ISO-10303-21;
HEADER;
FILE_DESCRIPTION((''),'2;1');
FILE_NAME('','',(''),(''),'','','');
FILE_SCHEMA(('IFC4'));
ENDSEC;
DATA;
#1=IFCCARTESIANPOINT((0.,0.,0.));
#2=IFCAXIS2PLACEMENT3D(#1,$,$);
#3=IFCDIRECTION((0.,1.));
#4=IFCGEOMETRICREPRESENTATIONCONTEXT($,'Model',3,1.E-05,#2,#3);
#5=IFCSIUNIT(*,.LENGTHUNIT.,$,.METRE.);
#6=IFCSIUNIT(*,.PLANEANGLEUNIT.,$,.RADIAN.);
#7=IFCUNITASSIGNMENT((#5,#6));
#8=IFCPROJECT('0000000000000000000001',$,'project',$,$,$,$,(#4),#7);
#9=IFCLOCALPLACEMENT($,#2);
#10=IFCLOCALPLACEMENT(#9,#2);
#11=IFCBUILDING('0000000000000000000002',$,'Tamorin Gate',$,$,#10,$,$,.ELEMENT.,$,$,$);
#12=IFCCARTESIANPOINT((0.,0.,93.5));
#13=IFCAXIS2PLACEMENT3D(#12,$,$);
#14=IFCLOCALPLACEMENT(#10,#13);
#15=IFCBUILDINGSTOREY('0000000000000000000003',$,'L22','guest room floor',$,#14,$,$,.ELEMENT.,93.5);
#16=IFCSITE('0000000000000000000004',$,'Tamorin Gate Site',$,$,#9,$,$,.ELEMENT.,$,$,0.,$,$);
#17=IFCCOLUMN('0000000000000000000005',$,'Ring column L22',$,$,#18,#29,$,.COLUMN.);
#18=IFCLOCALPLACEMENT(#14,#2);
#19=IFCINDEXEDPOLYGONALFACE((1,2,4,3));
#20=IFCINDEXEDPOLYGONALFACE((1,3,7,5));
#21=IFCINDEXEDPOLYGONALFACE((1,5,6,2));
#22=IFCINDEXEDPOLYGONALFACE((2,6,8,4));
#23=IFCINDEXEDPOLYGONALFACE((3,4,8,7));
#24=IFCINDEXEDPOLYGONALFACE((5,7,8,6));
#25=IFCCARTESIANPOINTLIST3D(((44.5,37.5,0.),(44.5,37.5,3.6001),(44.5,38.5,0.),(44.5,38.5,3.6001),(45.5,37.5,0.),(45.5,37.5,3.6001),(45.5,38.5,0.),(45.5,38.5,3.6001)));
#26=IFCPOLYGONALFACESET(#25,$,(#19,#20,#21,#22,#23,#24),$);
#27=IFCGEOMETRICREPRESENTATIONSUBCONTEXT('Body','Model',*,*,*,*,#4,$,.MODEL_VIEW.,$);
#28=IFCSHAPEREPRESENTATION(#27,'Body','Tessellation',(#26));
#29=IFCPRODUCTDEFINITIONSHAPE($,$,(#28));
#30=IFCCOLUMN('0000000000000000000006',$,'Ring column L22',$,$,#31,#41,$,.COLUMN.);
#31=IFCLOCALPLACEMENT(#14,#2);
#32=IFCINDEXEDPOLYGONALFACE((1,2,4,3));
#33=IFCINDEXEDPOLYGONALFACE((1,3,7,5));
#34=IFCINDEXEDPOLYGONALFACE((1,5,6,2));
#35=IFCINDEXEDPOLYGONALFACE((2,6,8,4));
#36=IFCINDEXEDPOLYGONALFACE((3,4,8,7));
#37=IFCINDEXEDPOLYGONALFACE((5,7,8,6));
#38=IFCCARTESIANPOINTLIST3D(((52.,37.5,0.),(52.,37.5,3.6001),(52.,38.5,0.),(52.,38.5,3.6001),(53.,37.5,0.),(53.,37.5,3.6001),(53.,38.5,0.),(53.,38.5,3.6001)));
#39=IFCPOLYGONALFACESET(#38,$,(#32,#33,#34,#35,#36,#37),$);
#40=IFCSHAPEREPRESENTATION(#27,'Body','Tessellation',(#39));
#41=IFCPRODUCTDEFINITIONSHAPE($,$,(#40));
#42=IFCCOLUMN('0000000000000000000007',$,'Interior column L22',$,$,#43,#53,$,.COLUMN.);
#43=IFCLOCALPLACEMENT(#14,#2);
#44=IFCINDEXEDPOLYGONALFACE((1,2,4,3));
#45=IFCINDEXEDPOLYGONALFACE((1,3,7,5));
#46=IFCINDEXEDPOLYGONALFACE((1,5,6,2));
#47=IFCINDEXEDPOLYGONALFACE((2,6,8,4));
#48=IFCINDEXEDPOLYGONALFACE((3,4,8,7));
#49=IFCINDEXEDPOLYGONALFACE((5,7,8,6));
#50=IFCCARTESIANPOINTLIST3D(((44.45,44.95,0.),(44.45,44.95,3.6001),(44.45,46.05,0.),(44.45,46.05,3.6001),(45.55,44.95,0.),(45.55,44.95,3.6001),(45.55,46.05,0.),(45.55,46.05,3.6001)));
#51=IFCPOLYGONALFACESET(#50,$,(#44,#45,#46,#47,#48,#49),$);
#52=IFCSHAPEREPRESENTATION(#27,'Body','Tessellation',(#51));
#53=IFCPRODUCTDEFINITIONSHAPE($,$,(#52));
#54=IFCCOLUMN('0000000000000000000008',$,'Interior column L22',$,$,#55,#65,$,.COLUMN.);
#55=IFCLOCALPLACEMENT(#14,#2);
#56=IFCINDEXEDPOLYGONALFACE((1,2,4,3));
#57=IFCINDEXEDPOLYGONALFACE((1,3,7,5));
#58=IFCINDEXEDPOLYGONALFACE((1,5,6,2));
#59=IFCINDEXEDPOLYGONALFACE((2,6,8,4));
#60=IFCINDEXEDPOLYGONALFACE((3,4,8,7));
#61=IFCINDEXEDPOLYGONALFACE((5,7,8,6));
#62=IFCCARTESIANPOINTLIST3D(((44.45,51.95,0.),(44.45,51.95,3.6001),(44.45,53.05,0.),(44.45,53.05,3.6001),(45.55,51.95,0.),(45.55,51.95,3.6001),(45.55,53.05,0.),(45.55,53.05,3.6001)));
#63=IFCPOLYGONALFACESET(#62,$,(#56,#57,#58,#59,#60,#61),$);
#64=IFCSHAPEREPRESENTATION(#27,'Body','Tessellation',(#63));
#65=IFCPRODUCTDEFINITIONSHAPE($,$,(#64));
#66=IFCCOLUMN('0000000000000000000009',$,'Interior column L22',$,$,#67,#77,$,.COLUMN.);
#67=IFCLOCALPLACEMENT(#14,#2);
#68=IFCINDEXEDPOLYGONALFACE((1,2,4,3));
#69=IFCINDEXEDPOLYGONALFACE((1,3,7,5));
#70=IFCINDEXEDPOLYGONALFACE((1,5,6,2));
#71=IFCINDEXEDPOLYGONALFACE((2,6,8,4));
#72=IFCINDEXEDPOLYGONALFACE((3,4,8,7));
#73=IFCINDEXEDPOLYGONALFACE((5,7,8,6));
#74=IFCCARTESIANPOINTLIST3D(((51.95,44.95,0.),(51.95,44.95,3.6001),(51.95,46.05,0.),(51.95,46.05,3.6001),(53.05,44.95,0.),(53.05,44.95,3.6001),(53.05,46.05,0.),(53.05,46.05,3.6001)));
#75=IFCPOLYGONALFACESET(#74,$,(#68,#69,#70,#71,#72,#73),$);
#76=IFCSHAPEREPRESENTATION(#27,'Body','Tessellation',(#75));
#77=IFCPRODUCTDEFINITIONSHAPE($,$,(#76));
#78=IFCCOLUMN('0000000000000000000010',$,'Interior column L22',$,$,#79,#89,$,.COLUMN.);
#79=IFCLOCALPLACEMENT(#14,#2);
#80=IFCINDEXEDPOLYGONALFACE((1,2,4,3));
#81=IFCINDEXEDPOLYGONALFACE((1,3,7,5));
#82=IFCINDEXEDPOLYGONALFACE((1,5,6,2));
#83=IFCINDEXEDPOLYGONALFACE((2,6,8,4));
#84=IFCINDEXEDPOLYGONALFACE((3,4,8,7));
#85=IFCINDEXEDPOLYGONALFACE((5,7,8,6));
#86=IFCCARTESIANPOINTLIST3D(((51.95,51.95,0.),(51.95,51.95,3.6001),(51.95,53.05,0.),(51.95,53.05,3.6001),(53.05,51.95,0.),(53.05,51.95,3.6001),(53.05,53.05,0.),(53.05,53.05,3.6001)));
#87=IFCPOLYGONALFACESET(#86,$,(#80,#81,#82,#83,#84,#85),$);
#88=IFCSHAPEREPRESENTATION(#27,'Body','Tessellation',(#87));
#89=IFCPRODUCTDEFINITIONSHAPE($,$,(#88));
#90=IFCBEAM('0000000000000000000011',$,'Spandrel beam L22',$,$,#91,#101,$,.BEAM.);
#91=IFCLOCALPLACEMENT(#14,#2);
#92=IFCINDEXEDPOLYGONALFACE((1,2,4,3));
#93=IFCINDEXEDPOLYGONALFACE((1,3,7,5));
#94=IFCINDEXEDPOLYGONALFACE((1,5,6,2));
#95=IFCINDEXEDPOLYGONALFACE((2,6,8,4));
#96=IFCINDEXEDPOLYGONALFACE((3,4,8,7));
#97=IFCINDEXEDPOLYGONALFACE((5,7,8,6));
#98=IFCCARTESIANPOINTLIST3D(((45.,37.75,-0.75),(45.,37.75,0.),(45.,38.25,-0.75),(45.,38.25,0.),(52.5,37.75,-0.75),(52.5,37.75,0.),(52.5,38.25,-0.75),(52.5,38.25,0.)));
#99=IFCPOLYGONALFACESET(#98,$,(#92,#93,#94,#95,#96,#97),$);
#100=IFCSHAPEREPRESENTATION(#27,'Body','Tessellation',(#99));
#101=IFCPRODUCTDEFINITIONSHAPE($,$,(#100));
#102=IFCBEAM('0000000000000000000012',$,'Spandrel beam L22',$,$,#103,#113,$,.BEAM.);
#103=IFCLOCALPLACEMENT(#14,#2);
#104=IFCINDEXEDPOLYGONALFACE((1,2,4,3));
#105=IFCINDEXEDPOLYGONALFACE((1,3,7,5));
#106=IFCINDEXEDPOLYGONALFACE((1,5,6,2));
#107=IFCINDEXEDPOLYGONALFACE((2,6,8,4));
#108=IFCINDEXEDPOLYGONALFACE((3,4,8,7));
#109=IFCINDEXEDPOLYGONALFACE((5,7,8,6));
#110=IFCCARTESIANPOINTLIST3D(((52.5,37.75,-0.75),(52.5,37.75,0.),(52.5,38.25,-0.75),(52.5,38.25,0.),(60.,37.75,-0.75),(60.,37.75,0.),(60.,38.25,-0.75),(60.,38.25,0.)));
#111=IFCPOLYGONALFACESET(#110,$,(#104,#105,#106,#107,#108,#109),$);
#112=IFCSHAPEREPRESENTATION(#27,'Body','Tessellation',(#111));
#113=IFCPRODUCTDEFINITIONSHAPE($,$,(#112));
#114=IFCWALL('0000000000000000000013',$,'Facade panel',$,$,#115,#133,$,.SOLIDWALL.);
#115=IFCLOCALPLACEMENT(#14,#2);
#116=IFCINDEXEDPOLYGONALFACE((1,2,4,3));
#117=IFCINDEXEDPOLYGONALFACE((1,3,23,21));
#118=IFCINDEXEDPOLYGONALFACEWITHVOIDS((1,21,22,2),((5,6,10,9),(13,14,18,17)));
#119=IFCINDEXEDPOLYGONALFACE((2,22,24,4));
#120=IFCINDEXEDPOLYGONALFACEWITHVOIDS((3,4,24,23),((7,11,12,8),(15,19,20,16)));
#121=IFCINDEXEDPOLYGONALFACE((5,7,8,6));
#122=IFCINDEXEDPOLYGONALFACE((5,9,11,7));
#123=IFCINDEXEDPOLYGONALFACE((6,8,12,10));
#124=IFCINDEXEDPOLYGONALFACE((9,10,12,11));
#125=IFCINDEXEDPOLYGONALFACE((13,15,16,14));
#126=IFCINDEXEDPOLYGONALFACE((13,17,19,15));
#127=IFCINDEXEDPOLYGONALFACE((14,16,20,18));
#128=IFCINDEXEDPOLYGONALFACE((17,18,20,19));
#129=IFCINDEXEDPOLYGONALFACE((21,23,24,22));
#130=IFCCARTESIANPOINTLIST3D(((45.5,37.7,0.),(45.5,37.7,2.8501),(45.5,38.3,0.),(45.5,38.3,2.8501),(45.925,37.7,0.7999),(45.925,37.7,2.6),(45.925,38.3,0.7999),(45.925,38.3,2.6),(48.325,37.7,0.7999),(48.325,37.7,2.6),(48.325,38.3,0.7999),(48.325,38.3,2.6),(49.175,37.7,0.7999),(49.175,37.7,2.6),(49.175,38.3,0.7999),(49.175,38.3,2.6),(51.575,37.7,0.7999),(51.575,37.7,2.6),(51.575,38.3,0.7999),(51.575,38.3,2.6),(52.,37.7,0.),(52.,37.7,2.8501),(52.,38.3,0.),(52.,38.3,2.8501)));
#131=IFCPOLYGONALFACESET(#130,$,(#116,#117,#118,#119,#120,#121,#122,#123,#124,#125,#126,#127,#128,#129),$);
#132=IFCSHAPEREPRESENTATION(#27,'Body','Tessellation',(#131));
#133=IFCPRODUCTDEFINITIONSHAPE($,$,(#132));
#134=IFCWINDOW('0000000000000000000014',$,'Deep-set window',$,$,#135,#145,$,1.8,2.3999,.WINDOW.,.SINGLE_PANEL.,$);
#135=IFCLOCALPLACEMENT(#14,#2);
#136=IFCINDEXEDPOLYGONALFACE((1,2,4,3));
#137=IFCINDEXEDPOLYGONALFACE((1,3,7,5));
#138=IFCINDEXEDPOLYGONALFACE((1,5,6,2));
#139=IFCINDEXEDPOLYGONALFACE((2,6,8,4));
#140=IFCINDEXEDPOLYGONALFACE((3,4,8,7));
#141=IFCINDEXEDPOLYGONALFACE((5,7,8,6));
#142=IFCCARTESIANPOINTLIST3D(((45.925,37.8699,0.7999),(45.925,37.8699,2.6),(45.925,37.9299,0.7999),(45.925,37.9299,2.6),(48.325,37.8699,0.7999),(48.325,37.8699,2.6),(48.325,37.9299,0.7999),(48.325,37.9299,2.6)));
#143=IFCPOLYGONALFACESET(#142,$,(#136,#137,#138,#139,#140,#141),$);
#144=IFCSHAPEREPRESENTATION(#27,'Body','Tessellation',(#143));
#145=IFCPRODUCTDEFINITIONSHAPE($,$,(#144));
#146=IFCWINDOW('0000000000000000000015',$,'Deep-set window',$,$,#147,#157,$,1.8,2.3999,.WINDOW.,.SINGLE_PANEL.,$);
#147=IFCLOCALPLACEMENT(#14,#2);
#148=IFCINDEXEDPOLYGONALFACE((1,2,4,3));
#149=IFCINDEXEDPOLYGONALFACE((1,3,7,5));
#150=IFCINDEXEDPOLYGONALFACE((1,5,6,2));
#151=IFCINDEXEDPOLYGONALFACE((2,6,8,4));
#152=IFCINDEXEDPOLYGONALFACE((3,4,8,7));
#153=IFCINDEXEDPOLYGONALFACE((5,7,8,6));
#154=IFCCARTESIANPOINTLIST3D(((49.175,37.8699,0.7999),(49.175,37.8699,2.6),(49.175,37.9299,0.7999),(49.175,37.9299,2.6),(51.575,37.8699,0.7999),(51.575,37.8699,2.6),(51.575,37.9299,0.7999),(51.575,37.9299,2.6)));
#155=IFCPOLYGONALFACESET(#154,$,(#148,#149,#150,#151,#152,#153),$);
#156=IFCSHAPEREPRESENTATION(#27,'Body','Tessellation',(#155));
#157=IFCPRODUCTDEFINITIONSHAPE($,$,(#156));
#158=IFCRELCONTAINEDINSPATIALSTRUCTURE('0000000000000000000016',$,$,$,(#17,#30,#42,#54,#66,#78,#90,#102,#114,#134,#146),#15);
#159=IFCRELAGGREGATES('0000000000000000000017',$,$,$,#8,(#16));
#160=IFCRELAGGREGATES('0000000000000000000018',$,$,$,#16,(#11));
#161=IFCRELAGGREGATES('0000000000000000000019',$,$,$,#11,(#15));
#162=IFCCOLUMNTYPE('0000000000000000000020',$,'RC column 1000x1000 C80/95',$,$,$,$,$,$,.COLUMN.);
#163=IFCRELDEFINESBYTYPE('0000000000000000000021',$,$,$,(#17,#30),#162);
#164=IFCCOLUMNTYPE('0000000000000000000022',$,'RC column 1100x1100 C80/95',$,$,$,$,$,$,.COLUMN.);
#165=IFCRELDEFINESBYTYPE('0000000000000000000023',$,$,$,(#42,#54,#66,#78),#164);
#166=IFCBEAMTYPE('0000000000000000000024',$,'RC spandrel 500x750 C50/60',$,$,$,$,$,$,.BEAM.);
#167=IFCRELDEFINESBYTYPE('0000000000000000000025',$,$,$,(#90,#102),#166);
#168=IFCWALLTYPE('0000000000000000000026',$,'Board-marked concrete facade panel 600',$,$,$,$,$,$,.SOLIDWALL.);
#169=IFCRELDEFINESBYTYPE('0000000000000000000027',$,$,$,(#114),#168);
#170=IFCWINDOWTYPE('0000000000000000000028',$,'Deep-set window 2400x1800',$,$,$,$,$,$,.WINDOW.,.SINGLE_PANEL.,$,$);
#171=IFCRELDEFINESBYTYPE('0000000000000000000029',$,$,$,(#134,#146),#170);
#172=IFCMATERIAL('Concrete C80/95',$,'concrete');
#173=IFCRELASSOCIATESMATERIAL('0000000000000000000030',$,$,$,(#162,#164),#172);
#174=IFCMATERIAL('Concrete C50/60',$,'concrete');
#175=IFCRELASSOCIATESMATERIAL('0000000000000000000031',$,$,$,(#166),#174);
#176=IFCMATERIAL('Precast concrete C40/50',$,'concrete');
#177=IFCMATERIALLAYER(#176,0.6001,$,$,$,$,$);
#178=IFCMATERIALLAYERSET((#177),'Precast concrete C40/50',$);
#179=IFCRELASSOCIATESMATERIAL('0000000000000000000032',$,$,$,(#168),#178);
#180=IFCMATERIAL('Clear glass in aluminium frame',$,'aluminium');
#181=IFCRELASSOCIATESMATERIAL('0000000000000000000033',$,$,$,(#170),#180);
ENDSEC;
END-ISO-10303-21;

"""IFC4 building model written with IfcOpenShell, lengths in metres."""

from ifc_helpers import new_model, si_unit, direction, frame, frame_2d, origin, origin_2d, place, context, subcontext, project, spatial, rectangle, extrude, material, layer, layer_set, material_profile, profile_set, type_object, element, fill, save


model = new_model("IFC4")

# Units and contexts
model_context = context("Model", 3, precision=1e-05, world=origin(), true_north=direction((0.0, 1.0)))
body_context = subcontext(model_context, "Body", "Model", "MODEL_VIEW")
ifc_project = project(units=[si_unit("LENGTHUNIT", "METRE"), si_unit("PLANEANGLEUNIT", "RADIAN")], contexts=[model_context])

# Site, building, storey
site_placement = place(None, origin())
site = spatial("IfcSite", under=ifc_project, at=site_placement, Name="Tamorin Gate Site", CompositionType="ELEMENT", RefElevation=0.0)
building_placement = place(site_placement, origin())
building = spatial("IfcBuilding", under=site, at=building_placement, Name="Tamorin Gate", CompositionType="ELEMENT")
storey_placement = place(building_placement, frame((0.0, 0.0, 93.5)))
storey = spatial("IfcBuildingStorey", under=building, at=storey_placement, Name="L22", Description="guest room floor", CompositionType="ELEMENT", Elevation=93.5)

# Columns
ifc_material_1 = material(Name="Concrete C80/95", Category="concrete")
ifc_material_profile_1 = material_profile(ifc_material_1, rectangle(XDim=1.0, YDim=1.0, at=origin_2d()), Name="RC 1000x1000")
ifc_profile_set_1 = profile_set([ifc_material_profile_1], Name="Concrete C80/95")
column_type_1 = type_object("IfcColumnType", Name="RC column 1000x1000 C80/95", PredefinedType="COLUMN", material=ifc_profile_set_1)
for number, where, z_axis, x_axis, name in (
    (1, (45.0, 38.0, 0.0), (0.0, 0.0, 1.0), (1.0, 0.0, 0.0), "Ring column L22"),
    (2, (52.5, 38.0, 0.0), (0.0, 0.0, 1.0), (1.0, 0.0, 0.0), "Ring column L22"),
):
    element("IfcColumn", number, at=place(storey_placement, frame(where, z_axis=z_axis, x_axis=x_axis)), inside=storey, type_object=column_type_1, Name=name, PredefinedType="COLUMN", context=body_context, shape_type="SweptSolid", body=[
        extrude(rectangle(XDim=1.0, YDim=1.0, at=origin_2d()), origin(), (0.0, 0.0, 1.0), 3.6001),
    ])
ifc_material_profile_2 = material_profile(ifc_material_1, rectangle(XDim=1.1001, YDim=1.1001, at=origin_2d()), Name="RC 1100x1100")
ifc_profile_set_2 = profile_set([ifc_material_profile_2], Name="Concrete C80/95")
column_type_2 = type_object("IfcColumnType", Name="RC column 1100x1100 C80/95", PredefinedType="COLUMN", material=ifc_profile_set_2)
for number, where, z_axis, x_axis, name in (
    (3, (45.0, 45.5, 0.0), (0.0, 0.0, 1.0), (1.0, 0.0, 0.0), "Interior column L22"),
    (4, (45.0, 52.5, 0.0), (0.0, 0.0, 1.0), (1.0, 0.0, 0.0), "Interior column L22"),
    (5, (52.5, 45.5, 0.0), (0.0, 0.0, 1.0), (1.0, 0.0, 0.0), "Interior column L22"),
    (6, (52.5, 52.5, 0.0), (0.0, 0.0, 1.0), (1.0, 0.0, 0.0), "Interior column L22"),
):
    element("IfcColumn", number, at=place(storey_placement, frame(where, z_axis=z_axis, x_axis=x_axis)), inside=storey, type_object=column_type_2, Name=name, PredefinedType="COLUMN", context=body_context, shape_type="SweptSolid", body=[
        extrude(rectangle(XDim=1.1001, YDim=1.1001, at=origin_2d()), origin(), (0.0, 0.0, 1.0), 3.6001),
    ])

# Beams
ifc_material_2 = material(Name="Concrete C50/60", Category="concrete")
ifc_material_profile_3 = material_profile(ifc_material_2, rectangle(XDim=0.5, YDim=0.75, at=origin_2d()), Name="RC 500x750")
ifc_profile_set_3 = profile_set([ifc_material_profile_3], Name="Concrete C50/60")
beam_type = type_object("IfcBeamType", Name="RC spandrel 500x750 C50/60", PredefinedType="BEAM", material=ifc_profile_set_3)
for number, where, z_axis, x_axis, name in (
    (7, (45.0, 38.0, -0.375), (1.0, 0.0, 0.0), (0.0, 1.0, 0.0), "Spandrel beam L22"),
    (8, (52.5, 38.0, -0.375), (1.0, 0.0, 0.0), (0.0, 1.0, 0.0), "Spandrel beam L22"),
):
    element("IfcBeam", number, at=place(storey_placement, frame(where, z_axis=z_axis, x_axis=x_axis)), inside=storey, type_object=beam_type, Name=name, PredefinedType="BEAM", context=body_context, shape_type="SweptSolid", body=[
        extrude(rectangle(XDim=0.5, YDim=0.75, at=origin_2d()), origin(), (0.0, 0.0, 1.0), 7.5),
    ])

# Wall, openings, windows
ifc_material_3 = material(Name="Precast concrete C40/50", Category="concrete")
ifc_layer_1 = layer(ifc_material_3, 0.6001)
ifc_layer_set_1 = layer_set([ifc_layer_1], Name="Precast concrete C40/50")
wall_type_1 = type_object("IfcWallType", Name="Board-marked concrete facade panel 600", PredefinedType="SOLIDWALL", material=ifc_layer_set_1)
wall_1_placement = place(storey_placement, frame((45.5, 38.0, 0.0), z_axis=(0.0, 0.0, 1.0), x_axis=(1.0, 0.0, 0.0)))
wall_1 = element("IfcWall", 9, at=wall_1_placement, inside=storey, type_object=wall_type_1, Name="Facade panel", PredefinedType="SOLIDWALL", context=body_context, shape_type="SweptSolid", body=[
    extrude(rectangle(XDim=6.5, YDim=0.6001, at=frame_2d((3.25, 0.0))), origin(), (0.0, 0.0, 1.0), 2.8501),
])
opening_1_placement = place(wall_1_placement, frame((0.425, 0.0, 0.8)))
opening_1 = element("IfcOpeningElement", 10, at=opening_1_placement, cuts=wall_1, PredefinedType="OPENING", context=body_context, shape_type="SweptSolid", body=[
    extrude(rectangle(XDim=2.3999, YDim=1.8, at=frame_2d((1.2, 0.8999))), frame((0.0, 0.3101, 0.0), z_axis=(0.0, -1.0, 0.0), x_axis=(1.0, 0.0, 0.0)), (0.0, 0.0, 1.0), 0.6201),
])
opening_2_placement = place(wall_1_placement, frame((3.675, 0.0, 0.8)))
opening_2 = element("IfcOpeningElement", 11, at=opening_2_placement, cuts=wall_1, PredefinedType="OPENING", context=body_context, shape_type="SweptSolid", body=[
    extrude(rectangle(XDim=2.3999, YDim=1.8, at=frame_2d((1.2, 0.8999))), frame((0.0, 0.3101, 0.0), z_axis=(0.0, -1.0, 0.0), x_axis=(1.0, 0.0, 0.0)), (0.0, 0.0, 1.0), 0.6201),
])
ifc_material_4 = material(Name="Clear glass in aluminium frame", Category="aluminium")
window_type = type_object("IfcWindowType", Name="Deep-set window 2400x1800", PartitioningType="SINGLE_PANEL", PredefinedType="WINDOW", material=ifc_material_4)
window_1_placement = place(opening_1_placement, origin())
window_1 = element("IfcWindow", 12, at=window_1_placement, inside=storey, type_object=window_type, Name="Deep-set window", OverallHeight=1.8, OverallWidth=2.3999, PartitioningType="SINGLE_PANEL", PredefinedType="WINDOW", context=body_context, shape_type="SweptSolid", body=[
    extrude(rectangle(XDim=2.3999, YDim=1.8, at=frame_2d((1.2, 0.8999))), frame((0.0, -0.0701, 0.0), z_axis=(0.0, -1.0, 0.0), x_axis=(1.0, 0.0, 0.0)), (0.0, 0.0, 1.0), 0.0601),
])
fill(opening_1, window_1)
window_2_placement = place(opening_2_placement, origin())
window_2 = element("IfcWindow", 13, at=window_2_placement, inside=storey, type_object=window_type, Name="Deep-set window", OverallHeight=1.8, OverallWidth=2.3999, PartitioningType="SINGLE_PANEL", PredefinedType="WINDOW", context=body_context, shape_type="SweptSolid", body=[
    extrude(rectangle(XDim=2.3999, YDim=1.8, at=frame_2d((1.2, 0.8999))), frame((0.0, -0.0701, 0.0), z_axis=(0.0, -1.0, 0.0), x_axis=(1.0, 0.0, 0.0)), (0.0, 0.0, 1.0), 0.0601),
])
fill(opening_2, window_2)

save(model, "model.ifc")
